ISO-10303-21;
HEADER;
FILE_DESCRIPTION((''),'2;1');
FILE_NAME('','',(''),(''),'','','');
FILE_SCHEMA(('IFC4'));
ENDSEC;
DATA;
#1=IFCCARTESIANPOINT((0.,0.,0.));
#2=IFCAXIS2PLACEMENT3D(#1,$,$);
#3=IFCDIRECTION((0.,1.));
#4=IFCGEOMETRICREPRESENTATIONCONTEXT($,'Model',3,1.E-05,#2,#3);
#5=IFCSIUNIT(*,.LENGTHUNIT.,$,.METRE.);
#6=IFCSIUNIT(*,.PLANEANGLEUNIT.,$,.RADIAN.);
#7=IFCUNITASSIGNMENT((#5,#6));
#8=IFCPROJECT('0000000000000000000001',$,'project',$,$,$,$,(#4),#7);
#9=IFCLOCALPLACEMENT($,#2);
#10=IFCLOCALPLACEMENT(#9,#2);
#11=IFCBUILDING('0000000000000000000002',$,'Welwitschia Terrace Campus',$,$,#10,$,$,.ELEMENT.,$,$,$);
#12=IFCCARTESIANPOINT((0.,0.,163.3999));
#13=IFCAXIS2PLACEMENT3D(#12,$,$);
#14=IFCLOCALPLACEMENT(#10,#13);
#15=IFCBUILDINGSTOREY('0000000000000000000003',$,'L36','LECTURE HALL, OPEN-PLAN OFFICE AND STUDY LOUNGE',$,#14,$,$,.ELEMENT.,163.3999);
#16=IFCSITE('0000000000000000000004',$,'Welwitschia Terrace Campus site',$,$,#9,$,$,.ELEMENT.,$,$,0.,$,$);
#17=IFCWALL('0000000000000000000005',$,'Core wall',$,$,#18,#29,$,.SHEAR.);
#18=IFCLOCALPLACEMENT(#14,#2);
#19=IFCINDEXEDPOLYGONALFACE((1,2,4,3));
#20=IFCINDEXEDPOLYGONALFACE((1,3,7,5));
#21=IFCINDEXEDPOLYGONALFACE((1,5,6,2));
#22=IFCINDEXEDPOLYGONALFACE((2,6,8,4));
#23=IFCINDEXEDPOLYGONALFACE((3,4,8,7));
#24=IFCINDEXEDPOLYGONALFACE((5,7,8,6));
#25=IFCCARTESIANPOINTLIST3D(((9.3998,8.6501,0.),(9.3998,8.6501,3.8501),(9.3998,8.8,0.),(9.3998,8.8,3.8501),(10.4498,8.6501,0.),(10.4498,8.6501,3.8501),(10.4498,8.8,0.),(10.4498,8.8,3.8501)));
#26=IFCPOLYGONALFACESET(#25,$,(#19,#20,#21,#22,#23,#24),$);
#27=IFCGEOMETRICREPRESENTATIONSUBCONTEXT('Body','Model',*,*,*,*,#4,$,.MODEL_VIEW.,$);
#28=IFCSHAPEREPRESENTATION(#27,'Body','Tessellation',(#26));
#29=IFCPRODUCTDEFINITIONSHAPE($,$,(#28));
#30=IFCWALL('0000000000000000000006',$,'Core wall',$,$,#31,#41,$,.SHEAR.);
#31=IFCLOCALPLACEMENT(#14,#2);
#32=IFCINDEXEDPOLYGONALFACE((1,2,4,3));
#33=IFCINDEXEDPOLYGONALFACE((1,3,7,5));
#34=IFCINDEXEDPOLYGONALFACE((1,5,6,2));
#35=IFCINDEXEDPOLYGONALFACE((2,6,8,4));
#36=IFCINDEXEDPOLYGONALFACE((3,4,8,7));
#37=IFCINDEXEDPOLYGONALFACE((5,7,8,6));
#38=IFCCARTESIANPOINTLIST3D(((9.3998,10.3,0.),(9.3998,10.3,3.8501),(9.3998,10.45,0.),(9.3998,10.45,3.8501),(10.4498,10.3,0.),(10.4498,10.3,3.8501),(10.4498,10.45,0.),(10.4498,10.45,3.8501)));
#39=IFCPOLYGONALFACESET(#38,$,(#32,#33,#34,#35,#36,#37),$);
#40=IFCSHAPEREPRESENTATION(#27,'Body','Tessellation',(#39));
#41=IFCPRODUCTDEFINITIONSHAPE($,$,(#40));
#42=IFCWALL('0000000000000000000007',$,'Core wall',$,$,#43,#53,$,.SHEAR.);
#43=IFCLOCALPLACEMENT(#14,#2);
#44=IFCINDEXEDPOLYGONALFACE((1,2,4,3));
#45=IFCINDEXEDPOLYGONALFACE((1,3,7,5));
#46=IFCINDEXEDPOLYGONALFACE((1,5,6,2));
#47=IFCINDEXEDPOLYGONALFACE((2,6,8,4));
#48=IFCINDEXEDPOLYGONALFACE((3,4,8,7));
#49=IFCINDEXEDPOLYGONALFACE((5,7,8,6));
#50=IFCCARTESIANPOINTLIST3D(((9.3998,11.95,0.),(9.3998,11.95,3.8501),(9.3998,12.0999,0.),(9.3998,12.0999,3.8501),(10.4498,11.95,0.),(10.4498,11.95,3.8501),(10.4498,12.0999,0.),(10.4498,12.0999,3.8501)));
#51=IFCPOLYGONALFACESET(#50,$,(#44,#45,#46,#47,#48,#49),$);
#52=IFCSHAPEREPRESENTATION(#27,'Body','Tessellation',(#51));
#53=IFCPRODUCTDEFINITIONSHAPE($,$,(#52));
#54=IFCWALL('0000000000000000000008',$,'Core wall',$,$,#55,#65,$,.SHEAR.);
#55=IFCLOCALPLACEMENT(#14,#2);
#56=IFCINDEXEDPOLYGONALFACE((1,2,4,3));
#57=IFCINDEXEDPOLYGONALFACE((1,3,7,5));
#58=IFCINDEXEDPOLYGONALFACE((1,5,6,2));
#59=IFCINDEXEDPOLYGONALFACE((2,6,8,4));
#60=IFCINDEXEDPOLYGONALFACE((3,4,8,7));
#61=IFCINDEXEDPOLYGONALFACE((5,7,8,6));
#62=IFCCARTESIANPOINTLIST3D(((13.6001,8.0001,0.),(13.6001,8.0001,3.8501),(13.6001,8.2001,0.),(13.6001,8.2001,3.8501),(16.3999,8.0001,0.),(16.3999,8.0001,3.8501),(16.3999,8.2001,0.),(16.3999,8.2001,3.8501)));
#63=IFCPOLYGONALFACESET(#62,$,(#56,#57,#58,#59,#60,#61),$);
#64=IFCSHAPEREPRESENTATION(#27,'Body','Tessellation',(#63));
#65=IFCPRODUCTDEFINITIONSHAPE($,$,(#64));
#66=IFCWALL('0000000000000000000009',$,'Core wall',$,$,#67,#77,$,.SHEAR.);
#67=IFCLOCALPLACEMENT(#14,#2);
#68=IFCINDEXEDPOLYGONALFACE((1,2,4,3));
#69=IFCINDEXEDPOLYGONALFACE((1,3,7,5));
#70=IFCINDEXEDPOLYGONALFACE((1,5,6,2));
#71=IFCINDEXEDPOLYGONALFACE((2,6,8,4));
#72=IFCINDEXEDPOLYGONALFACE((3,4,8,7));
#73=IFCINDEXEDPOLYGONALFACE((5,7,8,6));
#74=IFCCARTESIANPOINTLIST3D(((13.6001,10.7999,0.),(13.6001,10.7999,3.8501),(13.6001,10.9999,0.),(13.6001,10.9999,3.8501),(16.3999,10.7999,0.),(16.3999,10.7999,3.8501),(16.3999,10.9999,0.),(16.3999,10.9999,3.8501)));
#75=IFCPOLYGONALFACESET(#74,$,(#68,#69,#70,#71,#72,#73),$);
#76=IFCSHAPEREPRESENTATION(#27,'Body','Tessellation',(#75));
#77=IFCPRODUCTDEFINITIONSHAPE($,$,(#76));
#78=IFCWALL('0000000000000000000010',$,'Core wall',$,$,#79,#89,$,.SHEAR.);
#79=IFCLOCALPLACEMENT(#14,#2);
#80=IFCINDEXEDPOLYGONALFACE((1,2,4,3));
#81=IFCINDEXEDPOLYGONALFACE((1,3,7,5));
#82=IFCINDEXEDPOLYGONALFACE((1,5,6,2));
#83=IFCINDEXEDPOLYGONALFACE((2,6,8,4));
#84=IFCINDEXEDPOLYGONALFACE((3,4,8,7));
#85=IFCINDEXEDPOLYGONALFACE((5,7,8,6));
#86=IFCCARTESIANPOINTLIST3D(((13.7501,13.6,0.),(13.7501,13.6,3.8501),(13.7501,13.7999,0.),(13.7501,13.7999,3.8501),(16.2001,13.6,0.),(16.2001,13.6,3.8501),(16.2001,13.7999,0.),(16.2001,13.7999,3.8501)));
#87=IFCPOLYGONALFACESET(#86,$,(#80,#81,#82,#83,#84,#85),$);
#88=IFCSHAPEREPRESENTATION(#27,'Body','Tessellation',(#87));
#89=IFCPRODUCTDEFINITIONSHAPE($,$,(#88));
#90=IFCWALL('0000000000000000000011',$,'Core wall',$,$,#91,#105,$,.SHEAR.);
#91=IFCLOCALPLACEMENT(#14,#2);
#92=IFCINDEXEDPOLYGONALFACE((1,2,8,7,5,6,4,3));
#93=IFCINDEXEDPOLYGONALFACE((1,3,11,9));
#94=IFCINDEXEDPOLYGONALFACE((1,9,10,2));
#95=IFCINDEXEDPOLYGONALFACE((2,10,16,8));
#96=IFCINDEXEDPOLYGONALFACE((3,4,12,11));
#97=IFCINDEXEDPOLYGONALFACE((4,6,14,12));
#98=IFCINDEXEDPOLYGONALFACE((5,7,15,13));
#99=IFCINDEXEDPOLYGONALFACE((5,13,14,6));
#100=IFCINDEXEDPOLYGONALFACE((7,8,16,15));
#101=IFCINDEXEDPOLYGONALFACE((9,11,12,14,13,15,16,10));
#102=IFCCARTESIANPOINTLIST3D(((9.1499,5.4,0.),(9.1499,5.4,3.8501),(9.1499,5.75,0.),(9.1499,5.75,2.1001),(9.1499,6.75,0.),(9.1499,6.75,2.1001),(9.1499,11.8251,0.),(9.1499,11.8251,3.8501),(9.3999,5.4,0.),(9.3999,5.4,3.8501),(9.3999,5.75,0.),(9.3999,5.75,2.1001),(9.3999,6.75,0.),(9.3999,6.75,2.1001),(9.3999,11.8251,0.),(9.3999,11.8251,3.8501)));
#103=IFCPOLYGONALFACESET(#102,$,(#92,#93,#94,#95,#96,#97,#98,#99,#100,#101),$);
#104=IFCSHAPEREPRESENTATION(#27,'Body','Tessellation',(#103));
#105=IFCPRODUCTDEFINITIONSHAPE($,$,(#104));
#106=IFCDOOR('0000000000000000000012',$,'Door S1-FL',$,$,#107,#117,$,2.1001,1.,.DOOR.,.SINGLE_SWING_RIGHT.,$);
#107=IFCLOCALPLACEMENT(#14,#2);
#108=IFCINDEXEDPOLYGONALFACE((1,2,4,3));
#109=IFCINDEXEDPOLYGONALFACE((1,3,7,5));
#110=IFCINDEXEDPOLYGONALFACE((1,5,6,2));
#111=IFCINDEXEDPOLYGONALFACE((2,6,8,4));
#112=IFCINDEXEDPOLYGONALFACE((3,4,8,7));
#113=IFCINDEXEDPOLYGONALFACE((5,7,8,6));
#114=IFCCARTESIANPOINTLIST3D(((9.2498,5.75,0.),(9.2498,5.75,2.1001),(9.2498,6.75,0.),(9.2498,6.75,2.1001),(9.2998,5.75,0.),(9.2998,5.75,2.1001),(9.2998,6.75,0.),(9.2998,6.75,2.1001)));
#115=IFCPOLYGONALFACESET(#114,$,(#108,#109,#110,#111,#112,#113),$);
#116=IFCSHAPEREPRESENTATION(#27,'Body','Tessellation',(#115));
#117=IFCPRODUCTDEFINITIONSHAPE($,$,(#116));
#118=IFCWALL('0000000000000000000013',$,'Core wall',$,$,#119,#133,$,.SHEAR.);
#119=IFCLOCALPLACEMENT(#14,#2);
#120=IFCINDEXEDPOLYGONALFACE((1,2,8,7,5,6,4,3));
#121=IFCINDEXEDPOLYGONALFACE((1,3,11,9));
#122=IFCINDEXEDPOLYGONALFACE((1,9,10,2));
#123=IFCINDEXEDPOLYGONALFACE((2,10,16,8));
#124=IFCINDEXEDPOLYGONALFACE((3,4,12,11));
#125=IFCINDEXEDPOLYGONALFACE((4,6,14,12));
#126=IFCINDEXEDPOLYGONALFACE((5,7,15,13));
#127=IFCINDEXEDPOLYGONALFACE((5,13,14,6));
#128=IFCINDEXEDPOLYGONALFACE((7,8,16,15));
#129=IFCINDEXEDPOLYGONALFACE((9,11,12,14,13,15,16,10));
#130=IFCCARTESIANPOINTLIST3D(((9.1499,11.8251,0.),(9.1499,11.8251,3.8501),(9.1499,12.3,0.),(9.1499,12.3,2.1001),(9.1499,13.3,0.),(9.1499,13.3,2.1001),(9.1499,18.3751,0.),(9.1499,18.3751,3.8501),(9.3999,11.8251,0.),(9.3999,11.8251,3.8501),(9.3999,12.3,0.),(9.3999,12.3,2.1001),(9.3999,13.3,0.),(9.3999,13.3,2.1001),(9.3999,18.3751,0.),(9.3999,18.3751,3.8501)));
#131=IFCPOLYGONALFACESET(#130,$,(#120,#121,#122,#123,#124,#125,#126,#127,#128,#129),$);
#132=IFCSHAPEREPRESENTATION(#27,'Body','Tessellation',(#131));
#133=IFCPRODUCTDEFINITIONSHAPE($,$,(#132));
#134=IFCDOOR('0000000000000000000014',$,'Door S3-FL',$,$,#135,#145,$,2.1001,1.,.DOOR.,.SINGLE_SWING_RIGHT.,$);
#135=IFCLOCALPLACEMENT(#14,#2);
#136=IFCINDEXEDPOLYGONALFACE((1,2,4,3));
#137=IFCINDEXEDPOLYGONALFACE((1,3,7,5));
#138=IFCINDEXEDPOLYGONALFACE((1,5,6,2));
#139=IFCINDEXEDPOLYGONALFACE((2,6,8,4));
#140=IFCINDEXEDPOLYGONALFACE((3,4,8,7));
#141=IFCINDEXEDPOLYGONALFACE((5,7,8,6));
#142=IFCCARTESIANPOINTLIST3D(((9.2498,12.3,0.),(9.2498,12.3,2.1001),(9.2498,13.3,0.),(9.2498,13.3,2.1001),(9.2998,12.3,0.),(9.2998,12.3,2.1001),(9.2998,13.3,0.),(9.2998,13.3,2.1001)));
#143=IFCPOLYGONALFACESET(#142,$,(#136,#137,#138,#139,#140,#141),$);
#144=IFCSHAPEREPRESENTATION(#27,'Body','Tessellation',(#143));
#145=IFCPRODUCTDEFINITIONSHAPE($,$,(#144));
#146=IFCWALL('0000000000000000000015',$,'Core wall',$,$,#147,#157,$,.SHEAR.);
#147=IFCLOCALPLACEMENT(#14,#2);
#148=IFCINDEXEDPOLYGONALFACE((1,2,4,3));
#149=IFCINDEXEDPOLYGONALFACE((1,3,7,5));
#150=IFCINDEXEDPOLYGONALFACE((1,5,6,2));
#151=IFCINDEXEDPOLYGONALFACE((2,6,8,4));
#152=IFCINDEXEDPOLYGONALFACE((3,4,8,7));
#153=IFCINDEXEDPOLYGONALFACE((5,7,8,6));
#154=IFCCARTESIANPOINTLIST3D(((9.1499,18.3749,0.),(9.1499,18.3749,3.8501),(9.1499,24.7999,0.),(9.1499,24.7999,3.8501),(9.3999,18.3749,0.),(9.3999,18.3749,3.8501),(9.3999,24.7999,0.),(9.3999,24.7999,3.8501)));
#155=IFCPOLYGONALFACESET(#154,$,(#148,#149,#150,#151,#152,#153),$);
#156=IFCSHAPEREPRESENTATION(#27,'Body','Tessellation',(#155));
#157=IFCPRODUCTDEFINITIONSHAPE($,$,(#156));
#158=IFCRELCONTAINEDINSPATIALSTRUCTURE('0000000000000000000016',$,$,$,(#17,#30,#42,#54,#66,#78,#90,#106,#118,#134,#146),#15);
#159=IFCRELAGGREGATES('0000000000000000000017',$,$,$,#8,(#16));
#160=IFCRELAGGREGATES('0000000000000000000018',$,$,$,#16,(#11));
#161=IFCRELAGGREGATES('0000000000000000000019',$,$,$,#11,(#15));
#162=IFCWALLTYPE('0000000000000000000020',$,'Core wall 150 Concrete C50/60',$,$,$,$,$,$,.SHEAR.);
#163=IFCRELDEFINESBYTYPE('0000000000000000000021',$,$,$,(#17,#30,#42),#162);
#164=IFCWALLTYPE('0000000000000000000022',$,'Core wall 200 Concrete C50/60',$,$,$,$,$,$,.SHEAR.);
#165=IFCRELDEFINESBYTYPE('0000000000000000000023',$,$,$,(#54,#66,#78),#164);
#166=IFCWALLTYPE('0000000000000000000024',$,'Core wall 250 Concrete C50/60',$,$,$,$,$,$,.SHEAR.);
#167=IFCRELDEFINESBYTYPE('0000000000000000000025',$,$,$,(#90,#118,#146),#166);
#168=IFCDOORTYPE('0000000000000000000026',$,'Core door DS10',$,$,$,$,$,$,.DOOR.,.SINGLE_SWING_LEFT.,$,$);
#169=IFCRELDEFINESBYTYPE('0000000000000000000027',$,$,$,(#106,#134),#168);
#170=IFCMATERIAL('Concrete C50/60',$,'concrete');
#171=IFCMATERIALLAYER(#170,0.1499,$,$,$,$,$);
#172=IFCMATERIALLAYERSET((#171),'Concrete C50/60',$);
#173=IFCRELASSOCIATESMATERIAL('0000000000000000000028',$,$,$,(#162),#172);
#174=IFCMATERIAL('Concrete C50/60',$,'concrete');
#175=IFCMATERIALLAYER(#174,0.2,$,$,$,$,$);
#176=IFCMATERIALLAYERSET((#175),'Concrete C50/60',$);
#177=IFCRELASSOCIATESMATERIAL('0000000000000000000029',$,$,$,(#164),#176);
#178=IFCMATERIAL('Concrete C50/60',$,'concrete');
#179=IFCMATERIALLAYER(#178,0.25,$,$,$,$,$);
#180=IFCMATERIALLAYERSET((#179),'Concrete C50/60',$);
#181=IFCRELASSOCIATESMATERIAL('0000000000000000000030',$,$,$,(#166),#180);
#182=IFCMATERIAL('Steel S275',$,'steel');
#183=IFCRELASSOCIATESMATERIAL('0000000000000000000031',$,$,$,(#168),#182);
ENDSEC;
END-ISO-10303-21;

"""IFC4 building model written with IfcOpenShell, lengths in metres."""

from ifc_helpers import new_model, si_unit, direction, frame, frame_2d, origin, place, context, subcontext, project, spatial, rectangle, extrude, material, layer, layer_set, type_object, element, fill, save


model = new_model("IFC4")

# Units and contexts
model_context = context("Model", 3, precision=1e-05, world=origin(), true_north=direction((0.0, 1.0)))
body_context = subcontext(model_context, "Body", "Model", "MODEL_VIEW")
ifc_project = project(units=[si_unit("LENGTHUNIT", "METRE"), si_unit("PLANEANGLEUNIT", "RADIAN")], contexts=[model_context])

# Site, building, storey
site_placement = place(None, origin())
site = spatial("IfcSite", under=ifc_project, at=site_placement, Name="Welwitschia Terrace Campus site", CompositionType="ELEMENT", RefElevation=0.0)
building_placement = place(site_placement, origin())
building = spatial("IfcBuilding", under=site, at=building_placement, Name="Welwitschia Terrace Campus", CompositionType="ELEMENT")
storey_placement = place(building_placement, frame((0.0, 0.0, 163.3999)))
storey = spatial("IfcBuildingStorey", under=building, at=storey_placement, Name="L36", Description="LECTURE HALL, OPEN-PLAN OFFICE AND STUDY LOUNGE", CompositionType="ELEMENT", Elevation=163.3999)

# Walls
ifc_material_1 = material(Name="Concrete C50/60", Category="concrete")
ifc_layer_1 = layer(ifc_material_1, 0.1499)
ifc_layer_set_1 = layer_set([ifc_layer_1], Name="Concrete C50/60")
wall_type_1 = type_object("IfcWallType", Name="Core wall 150 Concrete C50/60", PredefinedType="SHEAR", material=ifc_layer_set_1)
for number, where, z_axis, x_axis, name in (
    (1, (9.3999, 8.7251, 0.0), (0.0, 0.0, 1.0), (1.0, 0.0, 0.0), "Core wall"),
    (2, (9.3999, 10.375, 0.0), (0.0, 0.0, 1.0), (1.0, 0.0, 0.0), "Core wall"),
    (3, (9.3999, 12.0249, 0.0), (0.0, 0.0, 1.0), (1.0, 0.0, 0.0), "Core wall"),
):
    element("IfcWall", number, at=place(storey_placement, frame(where, z_axis=z_axis, x_axis=x_axis)), inside=storey, type_object=wall_type_1, Name=name, PredefinedType="SHEAR", context=body_context, shape_type="SweptSolid", body=[
        extrude(rectangle(XDim=1.05, YDim=0.1499, at=frame_2d((0.5249, 0.0))), origin(), (0.0, 0.0, 1.0), 3.8501),
    ])
ifc_material_2 = material(Name="Concrete C50/60", Category="concrete")
ifc_layer_2 = layer(ifc_material_2, 0.2)
ifc_layer_set_2 = layer_set([ifc_layer_2], Name="Concrete C50/60")
wall_type_2 = type_object("IfcWallType", Name="Core wall 200 Concrete C50/60", PredefinedType="SHEAR", material=ifc_layer_set_2)
for number, where, z_axis, x_axis, name in (
    (4, (13.6001, 8.1001, 0.0), (0.0, 0.0, 1.0), (1.0, 0.0, 0.0), "Core wall"),
    (5, (13.6001, 10.8999, 0.0), (0.0, 0.0, 1.0), (1.0, 0.0, 0.0), "Core wall"),
):
    element("IfcWall", number, at=place(storey_placement, frame(where, z_axis=z_axis, x_axis=x_axis)), inside=storey, type_object=wall_type_2, Name=name, PredefinedType="SHEAR", context=body_context, shape_type="SweptSolid", body=[
        extrude(rectangle(XDim=2.7998, YDim=0.2, at=frame_2d((1.3999, 0.0))), origin(), (0.0, 0.0, 1.0), 3.8501),
    ])
wall_1_placement = place(storey_placement, frame((13.75, 13.7, 0.0), z_axis=(0.0, 0.0, 1.0), x_axis=(1.0, 0.0, 0.0)))
element("IfcWall", 6, at=wall_1_placement, inside=storey, type_object=wall_type_2, Name="Core wall", PredefinedType="SHEAR", context=body_context, shape_type="SweptSolid", body=[
    extrude(rectangle(XDim=2.45, YDim=0.2, at=frame_2d((1.2251, 0.0))), origin(), (0.0, 0.0, 1.0), 3.8501),
])

# Walls, openings, doors
ifc_material_3 = material(Name="Concrete C50/60", Category="concrete")
ifc_layer_3 = layer(ifc_material_3, 0.25)
ifc_layer_set_3 = layer_set([ifc_layer_3], Name="Concrete C50/60")
wall_type_3 = type_object("IfcWallType", Name="Core wall 250 Concrete C50/60", PredefinedType="SHEAR", material=ifc_layer_set_3)
wall_2_placement = place(storey_placement, frame((9.2749, 11.825, 0.0), z_axis=(0.0, 0.0, 1.0), x_axis=(0.0, -1.0, 0.0)))
wall_2 = element("IfcWall", 7, at=wall_2_placement, inside=storey, type_object=wall_type_3, Name="Core wall", PredefinedType="SHEAR", context=body_context, shape_type="SweptSolid", body=[
    extrude(rectangle(XDim=6.425, YDim=0.25, at=frame_2d((3.2124, 0.0))), origin(), (0.0, 0.0, 1.0), 3.8501),
])
opening_1_placement = place(wall_2_placement, frame((5.075, 0.0, 0.0)))
opening_1 = element("IfcOpeningElement", 8, at=opening_1_placement, cuts=wall_2, PredefinedType="OPENING", context=body_context, shape_type="SweptSolid", body=[
    extrude(rectangle(XDim=1.0, YDim=2.1001, at=frame_2d((0.5, 1.05))), frame((0.0, 0.135, 0.0), z_axis=(0.0, -1.0, 0.0), x_axis=(1.0, 0.0, 0.0)), (0.0, 0.0, 1.0), 0.27),
])
ifc_material_4 = material(Name="Steel S275", Category="steel")
door_type_1 = type_object("IfcDoorType", Name="Core door DS10", OperationType="SINGLE_SWING_LEFT", PredefinedType="DOOR", material=ifc_material_4)
door_1_placement = place(opening_1_placement, origin())
door_1 = element("IfcDoor", 9, at=door_1_placement, inside=storey, type_object=door_type_1, Name="Door S1-FL", OperationType="SINGLE_SWING_RIGHT", OverallHeight=2.1001, OverallWidth=1.0, PredefinedType="DOOR", context=body_context, shape_type="SweptSolid", body=[
    extrude(rectangle(XDim=1.0, YDim=2.1001, at=frame_2d((0.5, 1.05))), frame((0.0, 0.0249, 0.0), z_axis=(0.0, -1.0, 0.0), x_axis=(1.0, 0.0, 0.0)), (0.0, 0.0, 1.0), 0.05),
])
fill(opening_1, door_1)
wall_3_placement = place(storey_placement, frame((9.2749, 18.375, 0.0), z_axis=(0.0, 0.0, 1.0), x_axis=(0.0, -1.0, 0.0)))
wall_3 = element("IfcWall", 10, at=wall_3_placement, inside=storey, type_object=wall_type_3, Name="Core wall", PredefinedType="SHEAR", context=body_context, shape_type="SweptSolid", body=[
    extrude(rectangle(XDim=6.55, YDim=0.25, at=frame_2d((3.2749, 0.0))), origin(), (0.0, 0.0, 1.0), 3.8501),
])
opening_2_placement = place(wall_3_placement, frame((5.075, 0.0, 0.0)))
opening_2 = element("IfcOpeningElement", 11, at=opening_2_placement, cuts=wall_3, PredefinedType="OPENING", context=body_context, shape_type="SweptSolid", body=[
    extrude(rectangle(XDim=1.0, YDim=2.1001, at=frame_2d((0.5, 1.05))), frame((0.0, 0.135, 0.0), z_axis=(0.0, -1.0, 0.0), x_axis=(1.0, 0.0, 0.0)), (0.0, 0.0, 1.0), 0.27),
])
door_2_placement = place(opening_2_placement, origin())
door_2 = element("IfcDoor", 12, at=door_2_placement, inside=storey, type_object=door_type_1, Name="Door S3-FL", OperationType="SINGLE_SWING_RIGHT", OverallHeight=2.1001, OverallWidth=1.0, PredefinedType="DOOR", context=body_context, shape_type="SweptSolid", body=[
    extrude(rectangle(XDim=1.0, YDim=2.1001, at=frame_2d((0.5, 1.05))), frame((0.0, 0.0249, 0.0), z_axis=(0.0, -1.0, 0.0), x_axis=(1.0, 0.0, 0.0)), (0.0, 0.0, 1.0), 0.05),
])
fill(opening_2, door_2)

# Wall
wall_4_placement = place(storey_placement, frame((9.2749, 18.375, 0.0), z_axis=(0.0, 0.0, 1.0), x_axis=(0.0, 1.0, 0.0)))
element("IfcWall", 13, at=wall_4_placement, inside=storey, type_object=wall_type_3, Name="Core wall", PredefinedType="SHEAR", context=body_context, shape_type="SweptSolid", body=[
    extrude(rectangle(XDim=6.425, YDim=0.25, at=frame_2d((3.2124, 0.0))), origin(), (0.0, 0.0, 1.0), 3.8501),
])

save(model, "model.ifc")
